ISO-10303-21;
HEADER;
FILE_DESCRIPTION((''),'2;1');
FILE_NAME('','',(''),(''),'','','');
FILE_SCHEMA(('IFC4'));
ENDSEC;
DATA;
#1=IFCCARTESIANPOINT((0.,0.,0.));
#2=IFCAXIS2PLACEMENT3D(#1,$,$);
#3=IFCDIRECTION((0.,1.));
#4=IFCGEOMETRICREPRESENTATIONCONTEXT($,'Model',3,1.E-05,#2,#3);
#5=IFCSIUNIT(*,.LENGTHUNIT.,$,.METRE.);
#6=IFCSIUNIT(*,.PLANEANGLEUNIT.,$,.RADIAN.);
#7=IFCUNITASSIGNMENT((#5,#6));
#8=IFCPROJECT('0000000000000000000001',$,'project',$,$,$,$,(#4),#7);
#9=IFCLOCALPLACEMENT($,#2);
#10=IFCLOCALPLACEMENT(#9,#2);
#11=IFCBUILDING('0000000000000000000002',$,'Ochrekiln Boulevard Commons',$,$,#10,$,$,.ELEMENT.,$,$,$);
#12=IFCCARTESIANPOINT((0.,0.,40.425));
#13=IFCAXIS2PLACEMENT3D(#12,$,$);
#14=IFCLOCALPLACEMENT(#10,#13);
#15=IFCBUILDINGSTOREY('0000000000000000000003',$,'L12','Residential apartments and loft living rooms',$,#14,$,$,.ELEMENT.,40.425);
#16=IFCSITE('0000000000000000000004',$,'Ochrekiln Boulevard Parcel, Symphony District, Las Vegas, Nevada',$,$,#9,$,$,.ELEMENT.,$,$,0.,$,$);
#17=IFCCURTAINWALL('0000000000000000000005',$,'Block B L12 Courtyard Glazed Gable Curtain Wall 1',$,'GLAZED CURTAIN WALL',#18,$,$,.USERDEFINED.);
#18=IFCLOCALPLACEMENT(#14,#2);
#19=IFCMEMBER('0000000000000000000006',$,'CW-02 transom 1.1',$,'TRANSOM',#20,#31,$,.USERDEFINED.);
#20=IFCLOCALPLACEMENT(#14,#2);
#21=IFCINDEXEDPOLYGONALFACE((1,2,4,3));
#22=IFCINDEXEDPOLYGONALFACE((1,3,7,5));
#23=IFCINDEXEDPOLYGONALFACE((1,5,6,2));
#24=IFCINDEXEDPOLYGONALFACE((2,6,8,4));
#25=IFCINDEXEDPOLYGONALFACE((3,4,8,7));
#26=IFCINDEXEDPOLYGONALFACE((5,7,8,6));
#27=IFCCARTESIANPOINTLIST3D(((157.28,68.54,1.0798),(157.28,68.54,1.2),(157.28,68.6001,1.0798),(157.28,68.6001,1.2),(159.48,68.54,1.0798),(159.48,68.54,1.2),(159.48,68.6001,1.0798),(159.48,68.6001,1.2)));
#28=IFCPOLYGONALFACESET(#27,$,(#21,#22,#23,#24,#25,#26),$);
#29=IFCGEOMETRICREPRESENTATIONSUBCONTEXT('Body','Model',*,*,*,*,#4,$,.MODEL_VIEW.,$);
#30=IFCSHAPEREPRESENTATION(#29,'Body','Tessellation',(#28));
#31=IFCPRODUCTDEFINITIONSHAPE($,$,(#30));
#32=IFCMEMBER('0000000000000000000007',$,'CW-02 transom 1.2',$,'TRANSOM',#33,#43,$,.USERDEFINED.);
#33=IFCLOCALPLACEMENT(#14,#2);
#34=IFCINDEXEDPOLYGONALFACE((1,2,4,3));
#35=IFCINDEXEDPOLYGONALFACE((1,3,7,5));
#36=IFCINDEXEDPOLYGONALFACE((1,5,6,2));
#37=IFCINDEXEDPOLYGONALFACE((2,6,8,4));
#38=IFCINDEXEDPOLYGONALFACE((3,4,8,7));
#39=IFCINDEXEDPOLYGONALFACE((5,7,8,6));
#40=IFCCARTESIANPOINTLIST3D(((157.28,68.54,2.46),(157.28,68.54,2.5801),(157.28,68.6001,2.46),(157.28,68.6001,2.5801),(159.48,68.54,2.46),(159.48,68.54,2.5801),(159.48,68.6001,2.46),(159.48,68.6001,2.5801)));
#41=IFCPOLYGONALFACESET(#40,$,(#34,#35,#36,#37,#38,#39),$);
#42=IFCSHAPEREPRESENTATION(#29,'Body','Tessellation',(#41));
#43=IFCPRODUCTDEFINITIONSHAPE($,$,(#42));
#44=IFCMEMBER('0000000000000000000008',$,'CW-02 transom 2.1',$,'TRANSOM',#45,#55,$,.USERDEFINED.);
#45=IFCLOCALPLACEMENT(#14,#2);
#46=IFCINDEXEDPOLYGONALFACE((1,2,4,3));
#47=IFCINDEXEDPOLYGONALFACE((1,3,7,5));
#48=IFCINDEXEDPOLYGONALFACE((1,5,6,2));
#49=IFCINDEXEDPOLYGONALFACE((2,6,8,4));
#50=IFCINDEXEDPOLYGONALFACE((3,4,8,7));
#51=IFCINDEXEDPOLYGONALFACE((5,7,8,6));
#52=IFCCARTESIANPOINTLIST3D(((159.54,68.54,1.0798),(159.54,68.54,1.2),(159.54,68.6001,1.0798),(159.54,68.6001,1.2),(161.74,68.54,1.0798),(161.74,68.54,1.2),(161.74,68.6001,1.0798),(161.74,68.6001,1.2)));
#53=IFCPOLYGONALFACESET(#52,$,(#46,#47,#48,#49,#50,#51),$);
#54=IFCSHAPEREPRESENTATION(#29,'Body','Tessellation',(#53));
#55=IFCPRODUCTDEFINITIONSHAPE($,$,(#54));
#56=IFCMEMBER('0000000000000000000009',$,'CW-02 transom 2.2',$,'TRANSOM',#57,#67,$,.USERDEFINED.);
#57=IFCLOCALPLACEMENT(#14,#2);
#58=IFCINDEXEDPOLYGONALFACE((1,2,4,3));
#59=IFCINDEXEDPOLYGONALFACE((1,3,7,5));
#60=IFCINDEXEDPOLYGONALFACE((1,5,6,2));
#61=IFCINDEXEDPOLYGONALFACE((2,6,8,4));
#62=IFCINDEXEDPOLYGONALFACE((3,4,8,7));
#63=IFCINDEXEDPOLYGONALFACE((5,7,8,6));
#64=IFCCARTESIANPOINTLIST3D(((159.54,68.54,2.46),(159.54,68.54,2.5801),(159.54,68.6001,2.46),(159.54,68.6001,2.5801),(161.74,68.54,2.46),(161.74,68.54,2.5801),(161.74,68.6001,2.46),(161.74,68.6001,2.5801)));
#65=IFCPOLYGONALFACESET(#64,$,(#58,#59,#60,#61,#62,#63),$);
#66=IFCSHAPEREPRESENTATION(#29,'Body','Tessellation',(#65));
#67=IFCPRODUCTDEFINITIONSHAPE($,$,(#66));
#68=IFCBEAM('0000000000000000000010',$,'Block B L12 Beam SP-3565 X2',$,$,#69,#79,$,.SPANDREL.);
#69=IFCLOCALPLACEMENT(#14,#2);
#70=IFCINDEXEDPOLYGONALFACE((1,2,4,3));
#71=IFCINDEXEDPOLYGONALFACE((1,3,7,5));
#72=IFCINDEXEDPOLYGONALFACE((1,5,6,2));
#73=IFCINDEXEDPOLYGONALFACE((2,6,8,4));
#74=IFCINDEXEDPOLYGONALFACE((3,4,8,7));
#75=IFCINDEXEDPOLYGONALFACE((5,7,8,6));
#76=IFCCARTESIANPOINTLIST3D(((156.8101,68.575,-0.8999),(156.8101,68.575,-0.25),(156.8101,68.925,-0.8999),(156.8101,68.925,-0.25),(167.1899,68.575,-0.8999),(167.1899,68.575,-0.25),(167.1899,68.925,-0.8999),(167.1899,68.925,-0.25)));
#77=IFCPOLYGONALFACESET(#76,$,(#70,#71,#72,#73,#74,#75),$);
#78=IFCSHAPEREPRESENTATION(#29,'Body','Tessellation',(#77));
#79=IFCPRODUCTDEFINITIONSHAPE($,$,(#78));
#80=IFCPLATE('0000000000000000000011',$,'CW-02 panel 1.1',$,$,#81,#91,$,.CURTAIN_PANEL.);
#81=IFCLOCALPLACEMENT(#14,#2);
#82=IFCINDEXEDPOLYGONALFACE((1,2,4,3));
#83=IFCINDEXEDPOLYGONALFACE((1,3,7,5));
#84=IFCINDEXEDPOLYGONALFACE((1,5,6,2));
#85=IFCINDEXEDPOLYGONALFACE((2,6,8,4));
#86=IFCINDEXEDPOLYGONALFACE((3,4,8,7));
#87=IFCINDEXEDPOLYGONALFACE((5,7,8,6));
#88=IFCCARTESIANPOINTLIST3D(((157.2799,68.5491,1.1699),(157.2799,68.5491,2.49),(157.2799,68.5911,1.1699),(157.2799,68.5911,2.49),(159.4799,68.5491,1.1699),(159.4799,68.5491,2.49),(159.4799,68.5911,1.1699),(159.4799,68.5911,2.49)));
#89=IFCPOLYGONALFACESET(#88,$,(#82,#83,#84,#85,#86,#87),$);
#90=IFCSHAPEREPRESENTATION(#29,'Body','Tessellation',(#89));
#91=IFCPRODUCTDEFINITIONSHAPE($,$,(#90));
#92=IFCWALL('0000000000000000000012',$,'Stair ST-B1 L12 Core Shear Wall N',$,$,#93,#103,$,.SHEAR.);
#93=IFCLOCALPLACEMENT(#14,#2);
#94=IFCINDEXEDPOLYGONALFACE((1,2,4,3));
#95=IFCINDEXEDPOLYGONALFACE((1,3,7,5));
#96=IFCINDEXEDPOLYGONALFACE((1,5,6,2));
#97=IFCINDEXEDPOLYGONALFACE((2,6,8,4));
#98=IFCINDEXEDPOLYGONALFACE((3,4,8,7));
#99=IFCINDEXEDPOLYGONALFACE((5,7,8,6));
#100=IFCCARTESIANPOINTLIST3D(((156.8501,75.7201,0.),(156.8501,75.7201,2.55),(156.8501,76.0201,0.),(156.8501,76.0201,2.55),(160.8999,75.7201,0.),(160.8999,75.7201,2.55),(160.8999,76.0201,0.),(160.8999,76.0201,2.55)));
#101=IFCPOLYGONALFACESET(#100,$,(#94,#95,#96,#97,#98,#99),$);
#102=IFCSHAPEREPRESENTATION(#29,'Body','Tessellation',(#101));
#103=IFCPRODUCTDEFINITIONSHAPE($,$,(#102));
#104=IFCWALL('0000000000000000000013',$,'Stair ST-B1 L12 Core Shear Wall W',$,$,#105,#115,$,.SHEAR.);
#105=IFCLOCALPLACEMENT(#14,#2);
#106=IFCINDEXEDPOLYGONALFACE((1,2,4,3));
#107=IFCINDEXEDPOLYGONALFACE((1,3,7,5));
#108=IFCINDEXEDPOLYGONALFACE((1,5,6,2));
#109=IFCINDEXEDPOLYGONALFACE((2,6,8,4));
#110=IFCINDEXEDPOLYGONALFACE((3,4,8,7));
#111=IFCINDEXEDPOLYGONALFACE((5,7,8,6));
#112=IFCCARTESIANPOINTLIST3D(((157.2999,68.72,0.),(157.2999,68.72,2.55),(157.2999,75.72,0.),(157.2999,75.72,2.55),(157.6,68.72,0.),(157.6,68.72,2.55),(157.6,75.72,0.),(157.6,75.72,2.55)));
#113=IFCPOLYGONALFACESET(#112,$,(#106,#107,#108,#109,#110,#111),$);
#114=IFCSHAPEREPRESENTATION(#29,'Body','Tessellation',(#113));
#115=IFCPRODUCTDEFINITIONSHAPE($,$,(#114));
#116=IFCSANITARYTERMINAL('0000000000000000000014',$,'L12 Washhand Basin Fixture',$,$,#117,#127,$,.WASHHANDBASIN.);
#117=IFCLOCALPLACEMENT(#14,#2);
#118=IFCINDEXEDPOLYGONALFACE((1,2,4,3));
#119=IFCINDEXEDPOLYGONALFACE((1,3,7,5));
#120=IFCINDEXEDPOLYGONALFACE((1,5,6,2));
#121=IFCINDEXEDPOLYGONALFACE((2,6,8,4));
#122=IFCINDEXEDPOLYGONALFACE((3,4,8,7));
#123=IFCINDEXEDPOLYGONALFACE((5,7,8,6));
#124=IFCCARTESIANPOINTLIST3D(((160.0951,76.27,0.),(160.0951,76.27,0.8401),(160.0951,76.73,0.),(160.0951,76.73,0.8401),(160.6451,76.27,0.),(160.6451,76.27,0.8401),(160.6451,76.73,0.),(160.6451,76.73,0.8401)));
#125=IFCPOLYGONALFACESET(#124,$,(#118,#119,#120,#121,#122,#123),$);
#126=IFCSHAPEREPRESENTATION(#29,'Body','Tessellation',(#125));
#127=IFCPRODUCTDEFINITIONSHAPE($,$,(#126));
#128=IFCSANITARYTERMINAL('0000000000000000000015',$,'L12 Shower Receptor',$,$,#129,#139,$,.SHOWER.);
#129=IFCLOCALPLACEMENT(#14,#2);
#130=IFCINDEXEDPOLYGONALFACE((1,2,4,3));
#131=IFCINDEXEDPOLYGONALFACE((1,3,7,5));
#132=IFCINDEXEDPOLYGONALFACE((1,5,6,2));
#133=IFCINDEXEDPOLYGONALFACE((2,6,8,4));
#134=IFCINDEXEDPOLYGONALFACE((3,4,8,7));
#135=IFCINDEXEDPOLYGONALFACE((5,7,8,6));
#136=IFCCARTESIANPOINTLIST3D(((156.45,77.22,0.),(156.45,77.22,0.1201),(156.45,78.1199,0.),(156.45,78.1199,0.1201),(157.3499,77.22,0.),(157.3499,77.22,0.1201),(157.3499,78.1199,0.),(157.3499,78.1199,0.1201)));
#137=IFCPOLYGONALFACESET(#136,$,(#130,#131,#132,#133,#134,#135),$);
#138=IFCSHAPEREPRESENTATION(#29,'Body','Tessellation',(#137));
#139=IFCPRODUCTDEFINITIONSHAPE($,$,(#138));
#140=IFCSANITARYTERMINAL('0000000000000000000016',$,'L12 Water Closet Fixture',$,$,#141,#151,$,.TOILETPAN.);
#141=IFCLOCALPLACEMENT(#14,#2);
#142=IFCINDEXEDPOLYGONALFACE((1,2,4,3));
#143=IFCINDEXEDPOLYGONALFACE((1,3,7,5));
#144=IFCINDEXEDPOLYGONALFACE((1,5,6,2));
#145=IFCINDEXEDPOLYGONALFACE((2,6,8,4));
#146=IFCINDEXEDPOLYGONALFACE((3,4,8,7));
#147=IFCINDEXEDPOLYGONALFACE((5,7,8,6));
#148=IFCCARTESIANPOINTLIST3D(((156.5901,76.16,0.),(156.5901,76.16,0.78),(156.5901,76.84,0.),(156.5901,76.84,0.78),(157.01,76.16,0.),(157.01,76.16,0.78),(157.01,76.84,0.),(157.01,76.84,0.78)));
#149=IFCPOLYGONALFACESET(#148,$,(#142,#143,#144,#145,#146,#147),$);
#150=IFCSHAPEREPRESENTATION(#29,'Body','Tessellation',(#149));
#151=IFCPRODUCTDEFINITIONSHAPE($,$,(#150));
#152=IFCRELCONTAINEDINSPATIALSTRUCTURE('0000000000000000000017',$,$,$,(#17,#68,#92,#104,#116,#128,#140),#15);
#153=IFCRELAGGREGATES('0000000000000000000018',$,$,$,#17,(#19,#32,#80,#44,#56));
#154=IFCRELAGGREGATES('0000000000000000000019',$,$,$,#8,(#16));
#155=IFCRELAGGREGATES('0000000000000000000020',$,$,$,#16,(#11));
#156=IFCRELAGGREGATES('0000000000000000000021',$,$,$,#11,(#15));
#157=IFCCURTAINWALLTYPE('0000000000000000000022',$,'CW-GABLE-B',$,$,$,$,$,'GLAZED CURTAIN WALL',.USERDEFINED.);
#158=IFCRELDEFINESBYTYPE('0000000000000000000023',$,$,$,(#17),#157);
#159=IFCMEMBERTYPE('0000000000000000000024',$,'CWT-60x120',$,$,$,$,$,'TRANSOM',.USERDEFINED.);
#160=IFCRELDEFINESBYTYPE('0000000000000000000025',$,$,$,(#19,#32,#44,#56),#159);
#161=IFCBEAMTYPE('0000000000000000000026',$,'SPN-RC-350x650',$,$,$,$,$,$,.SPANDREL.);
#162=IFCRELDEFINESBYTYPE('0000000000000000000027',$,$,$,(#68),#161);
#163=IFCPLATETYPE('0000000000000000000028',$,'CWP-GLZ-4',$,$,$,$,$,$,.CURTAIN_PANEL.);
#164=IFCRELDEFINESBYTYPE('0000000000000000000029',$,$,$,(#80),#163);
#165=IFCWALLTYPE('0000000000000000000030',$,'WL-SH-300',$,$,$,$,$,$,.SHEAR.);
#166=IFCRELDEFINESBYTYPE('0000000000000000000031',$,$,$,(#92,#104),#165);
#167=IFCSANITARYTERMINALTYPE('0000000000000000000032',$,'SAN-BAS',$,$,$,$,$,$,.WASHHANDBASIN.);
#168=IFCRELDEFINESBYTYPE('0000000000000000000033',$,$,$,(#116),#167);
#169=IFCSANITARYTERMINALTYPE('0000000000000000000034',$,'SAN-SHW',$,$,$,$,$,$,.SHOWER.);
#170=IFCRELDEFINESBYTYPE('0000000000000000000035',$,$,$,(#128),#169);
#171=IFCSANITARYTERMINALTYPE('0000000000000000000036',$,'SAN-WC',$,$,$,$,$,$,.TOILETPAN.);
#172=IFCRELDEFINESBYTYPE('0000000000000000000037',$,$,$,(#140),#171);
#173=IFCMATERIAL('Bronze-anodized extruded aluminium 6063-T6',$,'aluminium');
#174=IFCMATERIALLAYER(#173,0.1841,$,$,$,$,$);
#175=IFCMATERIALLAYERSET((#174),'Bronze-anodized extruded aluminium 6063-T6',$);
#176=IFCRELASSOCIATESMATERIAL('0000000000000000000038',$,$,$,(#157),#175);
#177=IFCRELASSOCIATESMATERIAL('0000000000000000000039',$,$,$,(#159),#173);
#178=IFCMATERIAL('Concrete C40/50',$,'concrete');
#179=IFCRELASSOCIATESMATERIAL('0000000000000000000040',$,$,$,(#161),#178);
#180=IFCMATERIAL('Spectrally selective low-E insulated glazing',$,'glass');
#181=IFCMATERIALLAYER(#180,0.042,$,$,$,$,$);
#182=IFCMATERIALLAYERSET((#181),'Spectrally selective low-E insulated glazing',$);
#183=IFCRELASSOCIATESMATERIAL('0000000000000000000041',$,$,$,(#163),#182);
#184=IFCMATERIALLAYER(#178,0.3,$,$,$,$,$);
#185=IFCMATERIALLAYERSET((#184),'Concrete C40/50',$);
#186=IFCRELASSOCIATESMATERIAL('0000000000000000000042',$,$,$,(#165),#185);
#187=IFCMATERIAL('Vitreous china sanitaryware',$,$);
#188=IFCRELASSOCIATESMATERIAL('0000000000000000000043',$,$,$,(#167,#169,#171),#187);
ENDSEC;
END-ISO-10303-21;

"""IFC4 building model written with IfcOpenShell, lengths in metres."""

from ifc_helpers import new_model, si_unit, direction, frame, frame_2d, origin, origin_2d, place, context, subcontext, project, spatial, rectangle, extrude, material, layer, layer_set, material_profile, profile_set, type_object, element, aggregate, save


model = new_model("IFC4")

# Units and contexts
model_context = context("Model", 3, precision=1e-05, world=origin(), true_north=direction((0.0, 1.0)))
body_context = subcontext(model_context, "Body", "Model", "MODEL_VIEW")
ifc_project = project(units=[si_unit("LENGTHUNIT", "METRE"), si_unit("PLANEANGLEUNIT", "RADIAN")], contexts=[model_context])

# Site, building, storey
site_placement = place(None, origin())
site = spatial("IfcSite", under=ifc_project, at=site_placement, Name="Ochrekiln Boulevard Parcel, Symphony District, Las Vegas, Nevada", CompositionType="ELEMENT", RefElevation=0.0)
building_placement = place(site_placement, origin())
building = spatial("IfcBuilding", under=site, at=building_placement, Name="Ochrekiln Boulevard Commons", CompositionType="ELEMENT")
storey_placement = place(building_placement, frame((0.0, 0.0, 40.425)))
storey = spatial("IfcBuildingStorey", under=building, at=storey_placement, Name="L12", Description="Residential apartments and loft living rooms", CompositionType="ELEMENT", Elevation=40.425)

# Curtain wall, members
ifc_material_1 = material(Name="Bronze-anodized extruded aluminium 6063-T6", Category="aluminium")
ifc_layer_1 = layer(ifc_material_1, 0.1841)
ifc_layer_set_1 = layer_set([ifc_layer_1], Name="Bronze-anodized extruded aluminium 6063-T6")
curtain_wall_type = type_object("IfcCurtainWallType", Name="CW-GABLE-B", ElementType="GLAZED CURTAIN WALL", PredefinedType="USERDEFINED", material=ifc_layer_set_1)
curtain_wall_placement = place(storey_placement, origin())
curtain_wall = element("IfcCurtainWall", 1, at=curtain_wall_placement, inside=storey, type_object=curtain_wall_type, Name="Block B L12 Courtyard Glazed Gable Curtain Wall 1", ObjectType="GLAZED CURTAIN WALL", PredefinedType="USERDEFINED")
ifc_material_profile_1 = material_profile(ifc_material_1, rectangle(XDim=0.0601, YDim=0.1201, at=origin_2d()), Name="ALU-TRN-60x120")
ifc_profile_set_1 = profile_set([ifc_material_profile_1], Name="Bronze-anodized extruded aluminium 6063-T6")
member_type_1 = type_object("IfcMemberType", Name="CWT-60x120", ElementType="TRANSOM", PredefinedType="USERDEFINED", material=ifc_profile_set_1)
member_1_placement = place(storey_placement, frame((157.28, 68.5701, 1.1399), z_axis=(1.0, 0.0, 0.0), x_axis=(0.0, 1.0, 0.0)))
member_1 = element("IfcMember", 2, at=member_1_placement, type_object=member_type_1, Name="CW-02 transom 1.1", ObjectType="TRANSOM", PredefinedType="USERDEFINED", context=body_context, shape_type="SweptSolid", body=[
    extrude(rectangle(XDim=0.0601, YDim=0.1201, at=origin_2d()), origin(), (0.0, 0.0, 1.0), 2.2),
])
member_2_placement = place(storey_placement, frame((157.28, 68.5701, 2.52), z_axis=(1.0, 0.0, 0.0), x_axis=(0.0, 1.0, 0.0)))
member_2 = element("IfcMember", 3, at=member_2_placement, type_object=member_type_1, Name="CW-02 transom 1.2", ObjectType="TRANSOM", PredefinedType="USERDEFINED", context=body_context, shape_type="SweptSolid", body=[
    extrude(rectangle(XDim=0.0601, YDim=0.1201, at=origin_2d()), origin(), (0.0, 0.0, 1.0), 2.2),
])
member_3_placement = place(storey_placement, frame((159.54, 68.5701, 1.1399), z_axis=(1.0, 0.0, 0.0), x_axis=(0.0, 1.0, 0.0)))
member_3 = element("IfcMember", 4, at=member_3_placement, type_object=member_type_1, Name="CW-02 transom 2.1", ObjectType="TRANSOM", PredefinedType="USERDEFINED", context=body_context, shape_type="SweptSolid", body=[
    extrude(rectangle(XDim=0.0601, YDim=0.1201, at=origin_2d()), origin(), (0.0, 0.0, 1.0), 2.2),
])
member_4_placement = place(storey_placement, frame((159.54, 68.5701, 2.52), z_axis=(1.0, 0.0, 0.0), x_axis=(0.0, 1.0, 0.0)))
member_4 = element("IfcMember", 5, at=member_4_placement, type_object=member_type_1, Name="CW-02 transom 2.2", ObjectType="TRANSOM", PredefinedType="USERDEFINED", context=body_context, shape_type="SweptSolid", body=[
    extrude(rectangle(XDim=0.0601, YDim=0.1201, at=origin_2d()), origin(), (0.0, 0.0, 1.0), 2.2),
])

# Beam
ifc_material_2 = material(Name="Concrete C40/50", Category="concrete")
ifc_material_profile_2 = material_profile(ifc_material_2, rectangle(XDim=0.3501, YDim=0.6499, at=origin_2d()), Name="RC-SPN-350x650")
ifc_profile_set_2 = profile_set([ifc_material_profile_2], Name="Concrete C40/50")
beam_type_1 = type_object("IfcBeamType", Name="SPN-RC-350x650", PredefinedType="SPANDREL", material=ifc_profile_set_2)
beam_1_placement = place(storey_placement, frame((156.8101, 68.75, -0.575), z_axis=(1.0, 0.0, 0.0), x_axis=(0.0, 1.0, 0.0)))
element("IfcBeam", 6, at=beam_1_placement, inside=storey, type_object=beam_type_1, Name="Block B L12 Beam SP-3565 X2", PredefinedType="SPANDREL", context=body_context, shape_type="SweptSolid", body=[
    extrude(rectangle(XDim=0.3501, YDim=0.6499, at=origin_2d()), origin(), (0.0, 0.0, 1.0), 10.3799),
])

# Plate
ifc_material_3 = material(Name="Spectrally selective low-E insulated glazing", Category="glass")
ifc_layer_2 = layer(ifc_material_3, 0.042)
ifc_layer_set_2 = layer_set([ifc_layer_2], Name="Spectrally selective low-E insulated glazing")
plate_type = type_object("IfcPlateType", Name="CWP-GLZ-4", PredefinedType="CURTAIN_PANEL", material=ifc_layer_set_2)
plate_placement = place(storey_placement, frame((158.3799, 68.5701, 1.1699), z_axis=(0.0, 0.0, 1.0), x_axis=(1.0, 0.0, 0.0)))
plate = element("IfcPlate", 7, at=plate_placement, type_object=plate_type, Name="CW-02 panel 1.1", PredefinedType="CURTAIN_PANEL", context=body_context, shape_type="SweptSolid", body=[
    extrude(rectangle(XDim=2.2, YDim=0.042, at=origin_2d()), origin(), (0.0, 0.0, 1.0), 1.3201),
])
aggregate(curtain_wall, [member_1, member_2, plate, member_3, member_4])

# Walls
ifc_layer_3 = layer(ifc_material_2, 0.3)
ifc_layer_set_3 = layer_set([ifc_layer_3], Name="Concrete C40/50")
wall_type = type_object("IfcWallType", Name="WL-SH-300", PredefinedType="SHEAR", material=ifc_layer_set_3)
wall_1_placement = place(storey_placement, frame((156.8501, 75.8701, 0.0), z_axis=(0.0, 0.0, 1.0), x_axis=(1.0, 0.0, 0.0)))
element("IfcWall", 8, at=wall_1_placement, inside=storey, type_object=wall_type, Name="Stair ST-B1 L12 Core Shear Wall N", PredefinedType="SHEAR", context=body_context, shape_type="SweptSolid", body=[
    extrude(rectangle(XDim=4.0498, YDim=0.3, at=frame_2d((2.0249, 0.0))), origin(), (0.0, 0.0, 1.0), 2.55),
])
wall_2_placement = place(storey_placement, frame((157.45, 68.72, 0.0), z_axis=(0.0, 0.0, 1.0), x_axis=(0.0, 1.0, 0.0)))
element("IfcWall", 9, at=wall_2_placement, inside=storey, type_object=wall_type, Name="Stair ST-B1 L12 Core Shear Wall W", PredefinedType="SHEAR", context=body_context, shape_type="SweptSolid", body=[
    extrude(rectangle(XDim=7.0, YDim=0.3, at=frame_2d((3.5, 0.0))), origin(), (0.0, 0.0, 1.0), 2.55),
])

# Sanitary terminals
ifc_material_4 = material(Name="Vitreous china sanitaryware")
sanitary_terminal_type_1 = type_object("IfcSanitaryTerminalType", Name="SAN-BAS", PredefinedType="WASHHANDBASIN", material=ifc_material_4)
sanitary_terminal_1_placement = place(storey_placement, frame((160.3701, 76.5, 0.0), z_axis=(0.0, 0.0, 1.0), x_axis=(1.0, 0.0, 0.0)))
element("IfcSanitaryTerminal", 10, at=sanitary_terminal_1_placement, inside=storey, type_object=sanitary_terminal_type_1, Name="L12 Washhand Basin Fixture", PredefinedType="WASHHANDBASIN", context=body_context, shape_type="SweptSolid", body=[
    extrude(rectangle(XDim=0.55, YDim=0.46, at=origin_2d()), origin(), (0.0, 0.0, 1.0), 0.8401),
])
sanitary_terminal_type_2 = type_object("IfcSanitaryTerminalType", Name="SAN-SHW", PredefinedType="SHOWER", material=ifc_material_4)
sanitary_terminal_2_placement = place(storey_placement, frame((156.8999, 77.6699, 0.0), z_axis=(0.0, 0.0, 1.0), x_axis=(1.0, 0.0, 0.0)))
element("IfcSanitaryTerminal", 11, at=sanitary_terminal_2_placement, inside=storey, type_object=sanitary_terminal_type_2, Name="L12 Shower Receptor", PredefinedType="SHOWER", context=body_context, shape_type="SweptSolid", body=[
    extrude(rectangle(XDim=0.8999, YDim=0.8999, at=origin_2d()), origin(), (0.0, 0.0, 1.0), 0.1201),
])
sanitary_terminal_type_3 = type_object("IfcSanitaryTerminalType", Name="SAN-WC", PredefinedType="TOILETPAN", material=ifc_material_4)
sanitary_terminal_3_placement = place(storey_placement, frame((156.8, 76.5, 0.0), z_axis=(0.0, 0.0, 1.0), x_axis=(1.0, 0.0, 0.0)))
element("IfcSanitaryTerminal", 12, at=sanitary_terminal_3_placement, inside=storey, type_object=sanitary_terminal_type_3, Name="L12 Water Closet Fixture", PredefinedType="TOILETPAN", context=body_context, shape_type="SweptSolid", body=[
    extrude(rectangle(XDim=0.4199, YDim=0.6799, at=origin_2d()), origin(), (0.0, 0.0, 1.0), 0.78),
])

save(model, "model.ifc")
